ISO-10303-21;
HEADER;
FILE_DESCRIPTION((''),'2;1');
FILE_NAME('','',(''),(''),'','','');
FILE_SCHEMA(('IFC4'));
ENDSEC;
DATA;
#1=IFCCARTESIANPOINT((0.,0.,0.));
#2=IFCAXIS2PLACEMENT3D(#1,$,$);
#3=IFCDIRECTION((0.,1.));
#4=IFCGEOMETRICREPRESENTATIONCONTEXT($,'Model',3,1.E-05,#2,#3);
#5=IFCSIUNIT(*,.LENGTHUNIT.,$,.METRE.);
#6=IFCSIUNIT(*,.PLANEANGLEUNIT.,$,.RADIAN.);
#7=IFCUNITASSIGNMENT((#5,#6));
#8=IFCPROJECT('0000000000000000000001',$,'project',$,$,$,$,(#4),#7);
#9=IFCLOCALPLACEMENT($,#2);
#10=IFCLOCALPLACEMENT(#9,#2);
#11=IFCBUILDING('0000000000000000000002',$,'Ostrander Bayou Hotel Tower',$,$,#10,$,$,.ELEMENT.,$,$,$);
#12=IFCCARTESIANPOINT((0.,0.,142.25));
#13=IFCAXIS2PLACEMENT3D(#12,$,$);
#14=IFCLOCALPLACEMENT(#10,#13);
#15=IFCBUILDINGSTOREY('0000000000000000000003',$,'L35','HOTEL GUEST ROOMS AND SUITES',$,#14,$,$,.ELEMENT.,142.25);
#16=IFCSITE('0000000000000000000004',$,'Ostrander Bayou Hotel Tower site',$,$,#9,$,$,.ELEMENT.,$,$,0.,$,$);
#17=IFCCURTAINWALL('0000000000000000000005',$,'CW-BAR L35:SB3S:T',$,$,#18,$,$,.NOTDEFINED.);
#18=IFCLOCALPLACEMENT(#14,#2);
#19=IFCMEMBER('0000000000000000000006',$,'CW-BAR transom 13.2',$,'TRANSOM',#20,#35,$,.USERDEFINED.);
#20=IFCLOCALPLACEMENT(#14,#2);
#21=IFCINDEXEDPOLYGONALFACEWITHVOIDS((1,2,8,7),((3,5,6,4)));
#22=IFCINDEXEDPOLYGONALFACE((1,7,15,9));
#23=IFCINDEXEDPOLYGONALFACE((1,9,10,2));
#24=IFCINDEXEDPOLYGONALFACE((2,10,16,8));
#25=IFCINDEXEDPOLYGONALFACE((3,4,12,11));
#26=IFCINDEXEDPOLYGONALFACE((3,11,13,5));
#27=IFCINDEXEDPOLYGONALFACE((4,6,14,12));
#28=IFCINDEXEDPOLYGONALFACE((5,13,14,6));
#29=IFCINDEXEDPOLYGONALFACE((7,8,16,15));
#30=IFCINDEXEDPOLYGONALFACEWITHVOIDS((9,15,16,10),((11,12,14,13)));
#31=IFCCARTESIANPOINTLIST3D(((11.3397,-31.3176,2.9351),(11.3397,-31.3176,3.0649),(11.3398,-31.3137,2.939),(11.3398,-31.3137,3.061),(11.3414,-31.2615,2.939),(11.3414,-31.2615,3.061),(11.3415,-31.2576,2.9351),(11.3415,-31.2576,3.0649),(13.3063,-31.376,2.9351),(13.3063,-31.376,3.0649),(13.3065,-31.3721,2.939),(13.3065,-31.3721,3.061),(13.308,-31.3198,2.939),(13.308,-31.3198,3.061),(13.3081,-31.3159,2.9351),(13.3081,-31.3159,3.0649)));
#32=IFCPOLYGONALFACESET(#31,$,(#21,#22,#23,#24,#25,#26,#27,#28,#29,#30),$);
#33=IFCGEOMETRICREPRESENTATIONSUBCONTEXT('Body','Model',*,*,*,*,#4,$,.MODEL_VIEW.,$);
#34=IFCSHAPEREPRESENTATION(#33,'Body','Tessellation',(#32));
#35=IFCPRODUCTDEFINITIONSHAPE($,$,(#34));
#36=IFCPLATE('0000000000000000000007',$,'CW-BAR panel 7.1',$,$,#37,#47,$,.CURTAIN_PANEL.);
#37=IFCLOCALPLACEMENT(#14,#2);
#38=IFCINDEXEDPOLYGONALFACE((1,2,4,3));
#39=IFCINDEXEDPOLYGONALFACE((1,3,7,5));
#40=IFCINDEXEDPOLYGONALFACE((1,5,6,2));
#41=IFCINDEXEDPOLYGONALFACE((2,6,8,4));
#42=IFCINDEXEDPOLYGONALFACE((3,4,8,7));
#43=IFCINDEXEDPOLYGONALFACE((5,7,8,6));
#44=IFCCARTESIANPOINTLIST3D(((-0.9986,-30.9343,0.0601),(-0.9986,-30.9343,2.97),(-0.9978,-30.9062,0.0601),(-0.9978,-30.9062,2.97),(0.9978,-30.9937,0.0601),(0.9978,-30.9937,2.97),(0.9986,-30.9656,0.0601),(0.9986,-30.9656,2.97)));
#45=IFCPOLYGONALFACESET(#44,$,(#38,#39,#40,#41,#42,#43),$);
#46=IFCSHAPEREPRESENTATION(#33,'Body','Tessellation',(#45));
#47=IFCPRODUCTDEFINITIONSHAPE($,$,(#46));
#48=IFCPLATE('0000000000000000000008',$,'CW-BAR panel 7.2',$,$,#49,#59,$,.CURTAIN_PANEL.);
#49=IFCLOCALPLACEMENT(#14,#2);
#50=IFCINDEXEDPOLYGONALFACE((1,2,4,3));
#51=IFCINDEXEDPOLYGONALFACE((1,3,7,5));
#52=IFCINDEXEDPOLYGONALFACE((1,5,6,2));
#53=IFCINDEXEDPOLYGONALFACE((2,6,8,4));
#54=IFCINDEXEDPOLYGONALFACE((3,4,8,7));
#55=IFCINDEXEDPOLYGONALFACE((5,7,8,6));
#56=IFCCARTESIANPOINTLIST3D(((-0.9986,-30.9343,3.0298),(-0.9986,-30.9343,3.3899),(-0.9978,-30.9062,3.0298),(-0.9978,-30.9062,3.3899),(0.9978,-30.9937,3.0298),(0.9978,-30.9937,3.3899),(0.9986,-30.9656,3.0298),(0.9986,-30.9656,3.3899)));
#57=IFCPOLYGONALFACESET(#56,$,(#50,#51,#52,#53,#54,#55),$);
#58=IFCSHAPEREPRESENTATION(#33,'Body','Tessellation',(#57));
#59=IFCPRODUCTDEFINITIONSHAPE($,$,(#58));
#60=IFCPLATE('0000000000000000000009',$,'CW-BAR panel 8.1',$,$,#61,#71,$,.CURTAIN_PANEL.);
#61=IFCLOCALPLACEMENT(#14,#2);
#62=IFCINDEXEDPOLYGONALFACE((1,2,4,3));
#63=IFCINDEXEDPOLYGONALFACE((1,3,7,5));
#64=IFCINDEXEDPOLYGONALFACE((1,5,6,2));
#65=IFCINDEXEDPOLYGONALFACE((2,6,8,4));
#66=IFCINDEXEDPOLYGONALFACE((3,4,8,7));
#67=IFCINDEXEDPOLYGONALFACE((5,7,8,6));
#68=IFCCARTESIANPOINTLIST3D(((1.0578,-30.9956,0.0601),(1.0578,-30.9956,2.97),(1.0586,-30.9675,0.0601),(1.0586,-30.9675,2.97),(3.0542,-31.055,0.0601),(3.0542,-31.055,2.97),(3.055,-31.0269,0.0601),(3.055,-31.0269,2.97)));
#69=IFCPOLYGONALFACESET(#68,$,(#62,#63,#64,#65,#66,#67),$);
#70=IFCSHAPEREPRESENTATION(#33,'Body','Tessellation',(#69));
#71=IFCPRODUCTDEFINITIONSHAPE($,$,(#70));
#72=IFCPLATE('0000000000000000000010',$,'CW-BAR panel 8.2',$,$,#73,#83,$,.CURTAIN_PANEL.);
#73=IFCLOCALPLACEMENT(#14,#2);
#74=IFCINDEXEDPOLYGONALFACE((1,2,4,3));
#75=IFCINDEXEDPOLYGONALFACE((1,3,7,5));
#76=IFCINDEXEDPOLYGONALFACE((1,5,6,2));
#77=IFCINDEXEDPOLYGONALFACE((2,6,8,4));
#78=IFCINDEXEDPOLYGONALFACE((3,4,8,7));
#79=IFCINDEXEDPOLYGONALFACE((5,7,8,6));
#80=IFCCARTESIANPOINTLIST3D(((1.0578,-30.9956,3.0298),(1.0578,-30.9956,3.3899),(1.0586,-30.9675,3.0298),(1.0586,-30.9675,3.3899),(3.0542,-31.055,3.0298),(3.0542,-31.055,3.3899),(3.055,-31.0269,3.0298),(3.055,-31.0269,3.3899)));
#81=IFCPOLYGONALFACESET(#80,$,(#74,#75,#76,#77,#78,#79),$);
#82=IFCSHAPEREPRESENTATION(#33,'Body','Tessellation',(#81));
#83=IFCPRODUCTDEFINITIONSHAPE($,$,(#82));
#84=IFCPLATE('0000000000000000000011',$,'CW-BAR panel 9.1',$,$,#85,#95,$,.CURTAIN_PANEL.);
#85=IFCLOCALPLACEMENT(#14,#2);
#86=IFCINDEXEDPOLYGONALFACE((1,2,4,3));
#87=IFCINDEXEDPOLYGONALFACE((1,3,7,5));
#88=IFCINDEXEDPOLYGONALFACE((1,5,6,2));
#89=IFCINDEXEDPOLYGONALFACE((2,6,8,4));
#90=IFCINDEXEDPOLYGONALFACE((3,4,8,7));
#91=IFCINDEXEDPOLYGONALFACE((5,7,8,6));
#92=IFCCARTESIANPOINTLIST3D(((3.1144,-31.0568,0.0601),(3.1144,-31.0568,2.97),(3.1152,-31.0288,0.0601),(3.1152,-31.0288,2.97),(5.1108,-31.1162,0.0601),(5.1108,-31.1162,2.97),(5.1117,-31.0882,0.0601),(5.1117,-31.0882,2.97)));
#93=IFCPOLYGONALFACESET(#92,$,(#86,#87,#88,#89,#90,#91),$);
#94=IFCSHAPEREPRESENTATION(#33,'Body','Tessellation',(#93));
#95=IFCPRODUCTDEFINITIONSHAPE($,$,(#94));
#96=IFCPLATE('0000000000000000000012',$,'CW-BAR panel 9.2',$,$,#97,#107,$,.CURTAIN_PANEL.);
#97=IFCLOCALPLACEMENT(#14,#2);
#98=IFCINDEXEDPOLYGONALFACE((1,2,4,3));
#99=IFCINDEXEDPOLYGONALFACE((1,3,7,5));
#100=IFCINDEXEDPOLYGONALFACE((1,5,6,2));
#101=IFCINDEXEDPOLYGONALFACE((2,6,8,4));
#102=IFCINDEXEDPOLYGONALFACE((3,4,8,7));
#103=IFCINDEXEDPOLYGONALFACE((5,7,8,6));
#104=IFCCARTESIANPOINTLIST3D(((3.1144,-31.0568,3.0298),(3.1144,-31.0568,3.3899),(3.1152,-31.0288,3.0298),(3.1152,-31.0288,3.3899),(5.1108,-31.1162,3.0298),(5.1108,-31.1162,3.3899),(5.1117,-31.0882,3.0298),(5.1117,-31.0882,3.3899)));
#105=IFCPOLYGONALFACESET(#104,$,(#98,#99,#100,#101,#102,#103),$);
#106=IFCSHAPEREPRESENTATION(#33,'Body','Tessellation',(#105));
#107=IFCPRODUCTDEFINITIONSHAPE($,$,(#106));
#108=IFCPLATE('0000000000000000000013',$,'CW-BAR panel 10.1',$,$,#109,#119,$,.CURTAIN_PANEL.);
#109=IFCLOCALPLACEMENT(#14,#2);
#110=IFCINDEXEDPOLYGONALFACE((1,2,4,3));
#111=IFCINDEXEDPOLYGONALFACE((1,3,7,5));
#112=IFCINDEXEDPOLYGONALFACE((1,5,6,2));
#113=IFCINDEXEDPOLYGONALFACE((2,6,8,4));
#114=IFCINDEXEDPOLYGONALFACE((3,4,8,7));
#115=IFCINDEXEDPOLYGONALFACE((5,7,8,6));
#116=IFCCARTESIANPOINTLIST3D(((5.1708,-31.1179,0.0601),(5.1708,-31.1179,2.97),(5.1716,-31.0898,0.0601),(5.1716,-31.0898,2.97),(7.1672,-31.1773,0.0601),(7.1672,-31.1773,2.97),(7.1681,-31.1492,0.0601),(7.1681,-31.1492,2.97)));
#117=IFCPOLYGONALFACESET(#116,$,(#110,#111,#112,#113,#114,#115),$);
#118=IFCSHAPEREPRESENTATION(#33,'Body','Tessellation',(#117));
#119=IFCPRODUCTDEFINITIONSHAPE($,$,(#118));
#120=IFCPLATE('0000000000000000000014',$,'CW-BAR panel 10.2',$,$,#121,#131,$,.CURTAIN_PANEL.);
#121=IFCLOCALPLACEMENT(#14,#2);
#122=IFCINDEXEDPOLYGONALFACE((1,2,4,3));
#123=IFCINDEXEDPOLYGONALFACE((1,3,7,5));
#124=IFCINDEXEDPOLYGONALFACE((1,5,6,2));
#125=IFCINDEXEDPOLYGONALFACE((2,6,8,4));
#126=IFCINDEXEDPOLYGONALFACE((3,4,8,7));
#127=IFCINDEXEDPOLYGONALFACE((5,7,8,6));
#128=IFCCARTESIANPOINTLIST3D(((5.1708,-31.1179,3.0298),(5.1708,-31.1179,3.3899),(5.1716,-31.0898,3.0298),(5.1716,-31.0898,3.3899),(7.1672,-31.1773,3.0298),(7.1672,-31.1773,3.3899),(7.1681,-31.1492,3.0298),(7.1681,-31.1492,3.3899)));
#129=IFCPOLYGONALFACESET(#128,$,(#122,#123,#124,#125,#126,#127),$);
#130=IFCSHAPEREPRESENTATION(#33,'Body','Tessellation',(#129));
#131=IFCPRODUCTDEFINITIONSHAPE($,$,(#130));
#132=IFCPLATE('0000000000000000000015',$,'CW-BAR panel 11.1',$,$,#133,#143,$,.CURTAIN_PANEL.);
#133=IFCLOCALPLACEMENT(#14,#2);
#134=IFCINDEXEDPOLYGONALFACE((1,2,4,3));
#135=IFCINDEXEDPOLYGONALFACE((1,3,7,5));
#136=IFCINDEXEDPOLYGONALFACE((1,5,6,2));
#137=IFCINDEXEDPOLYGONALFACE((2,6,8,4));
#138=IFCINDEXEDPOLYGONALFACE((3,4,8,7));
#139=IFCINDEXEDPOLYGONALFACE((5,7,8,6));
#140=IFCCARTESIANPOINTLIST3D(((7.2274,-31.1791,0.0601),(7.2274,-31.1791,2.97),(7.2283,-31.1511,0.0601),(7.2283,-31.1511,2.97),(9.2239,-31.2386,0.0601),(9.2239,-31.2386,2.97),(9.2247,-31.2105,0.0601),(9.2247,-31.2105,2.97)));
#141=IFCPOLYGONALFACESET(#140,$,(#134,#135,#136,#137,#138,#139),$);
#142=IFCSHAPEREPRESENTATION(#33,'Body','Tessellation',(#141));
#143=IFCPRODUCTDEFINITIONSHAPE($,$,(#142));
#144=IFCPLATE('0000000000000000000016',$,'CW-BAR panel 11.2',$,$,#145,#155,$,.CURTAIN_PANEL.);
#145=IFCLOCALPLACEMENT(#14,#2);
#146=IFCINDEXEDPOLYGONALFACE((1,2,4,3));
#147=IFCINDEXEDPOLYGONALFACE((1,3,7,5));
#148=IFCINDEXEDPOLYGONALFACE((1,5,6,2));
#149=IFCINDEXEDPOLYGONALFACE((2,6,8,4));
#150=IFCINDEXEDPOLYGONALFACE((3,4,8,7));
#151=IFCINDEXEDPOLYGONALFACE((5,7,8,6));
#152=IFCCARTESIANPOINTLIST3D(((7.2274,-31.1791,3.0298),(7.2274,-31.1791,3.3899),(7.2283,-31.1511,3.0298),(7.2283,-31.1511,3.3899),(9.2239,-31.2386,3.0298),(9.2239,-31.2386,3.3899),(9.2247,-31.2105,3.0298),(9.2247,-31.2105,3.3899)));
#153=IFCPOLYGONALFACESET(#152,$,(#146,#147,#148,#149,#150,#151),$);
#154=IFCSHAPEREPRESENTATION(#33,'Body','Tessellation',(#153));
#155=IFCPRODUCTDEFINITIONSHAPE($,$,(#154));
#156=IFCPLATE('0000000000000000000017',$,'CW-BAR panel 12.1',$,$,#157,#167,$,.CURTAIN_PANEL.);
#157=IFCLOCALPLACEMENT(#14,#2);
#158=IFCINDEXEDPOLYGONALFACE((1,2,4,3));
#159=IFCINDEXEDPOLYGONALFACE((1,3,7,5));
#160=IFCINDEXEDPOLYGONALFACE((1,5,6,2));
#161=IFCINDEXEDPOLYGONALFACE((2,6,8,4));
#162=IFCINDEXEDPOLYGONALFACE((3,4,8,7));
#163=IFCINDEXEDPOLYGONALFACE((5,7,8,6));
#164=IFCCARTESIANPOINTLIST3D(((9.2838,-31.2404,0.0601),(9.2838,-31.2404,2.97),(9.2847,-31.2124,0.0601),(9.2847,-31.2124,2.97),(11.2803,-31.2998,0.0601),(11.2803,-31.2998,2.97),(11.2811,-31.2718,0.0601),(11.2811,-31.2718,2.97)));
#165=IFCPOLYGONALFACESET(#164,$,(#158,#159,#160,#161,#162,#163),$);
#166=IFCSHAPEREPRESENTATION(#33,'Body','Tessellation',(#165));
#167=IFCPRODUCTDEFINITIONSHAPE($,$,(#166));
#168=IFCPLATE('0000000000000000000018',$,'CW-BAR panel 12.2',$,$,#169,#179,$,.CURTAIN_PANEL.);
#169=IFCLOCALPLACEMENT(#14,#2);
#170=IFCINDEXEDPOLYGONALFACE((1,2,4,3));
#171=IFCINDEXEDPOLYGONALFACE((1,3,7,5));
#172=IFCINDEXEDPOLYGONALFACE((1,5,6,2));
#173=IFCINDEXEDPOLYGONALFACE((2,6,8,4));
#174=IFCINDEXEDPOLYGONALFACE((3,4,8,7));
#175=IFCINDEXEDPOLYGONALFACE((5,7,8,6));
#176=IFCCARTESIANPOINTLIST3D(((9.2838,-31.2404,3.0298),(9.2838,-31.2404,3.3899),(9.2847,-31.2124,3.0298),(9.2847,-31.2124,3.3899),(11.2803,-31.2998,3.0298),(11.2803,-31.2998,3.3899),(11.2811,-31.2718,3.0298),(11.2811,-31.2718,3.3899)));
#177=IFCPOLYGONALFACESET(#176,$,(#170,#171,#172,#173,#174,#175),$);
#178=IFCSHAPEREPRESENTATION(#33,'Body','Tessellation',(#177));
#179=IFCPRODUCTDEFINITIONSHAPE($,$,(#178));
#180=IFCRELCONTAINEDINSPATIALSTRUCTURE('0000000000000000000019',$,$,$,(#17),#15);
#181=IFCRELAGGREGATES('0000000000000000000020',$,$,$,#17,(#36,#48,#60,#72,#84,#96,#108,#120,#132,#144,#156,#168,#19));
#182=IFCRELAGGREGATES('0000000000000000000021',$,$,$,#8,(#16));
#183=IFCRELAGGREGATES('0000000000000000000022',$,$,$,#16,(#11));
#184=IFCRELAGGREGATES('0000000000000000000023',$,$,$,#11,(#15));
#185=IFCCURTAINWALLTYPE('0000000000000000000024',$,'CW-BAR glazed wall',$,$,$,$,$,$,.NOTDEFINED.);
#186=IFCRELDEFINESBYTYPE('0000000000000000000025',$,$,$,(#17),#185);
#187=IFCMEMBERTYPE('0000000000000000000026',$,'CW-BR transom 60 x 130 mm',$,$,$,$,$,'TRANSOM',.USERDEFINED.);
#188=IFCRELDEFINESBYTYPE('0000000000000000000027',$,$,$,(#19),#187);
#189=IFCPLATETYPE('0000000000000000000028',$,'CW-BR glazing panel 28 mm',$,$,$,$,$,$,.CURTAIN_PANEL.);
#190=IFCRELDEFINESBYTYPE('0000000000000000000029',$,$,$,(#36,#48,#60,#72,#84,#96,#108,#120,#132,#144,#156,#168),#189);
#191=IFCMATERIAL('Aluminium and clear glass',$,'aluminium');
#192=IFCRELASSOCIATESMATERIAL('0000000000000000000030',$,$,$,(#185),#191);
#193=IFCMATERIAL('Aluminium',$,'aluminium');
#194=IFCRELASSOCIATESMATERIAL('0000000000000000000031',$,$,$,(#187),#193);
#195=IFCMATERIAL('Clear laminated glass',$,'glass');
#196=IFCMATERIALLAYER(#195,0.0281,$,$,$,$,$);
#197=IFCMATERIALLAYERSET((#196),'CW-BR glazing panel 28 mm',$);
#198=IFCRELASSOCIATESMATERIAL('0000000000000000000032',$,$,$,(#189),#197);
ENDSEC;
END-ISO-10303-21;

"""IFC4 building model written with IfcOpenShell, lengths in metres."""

from ifc_helpers import new_model, si_unit, direction, frame, origin, origin_2d, place, context, subcontext, project, spatial, rectangle, hollow_rectangle, extrude, material, layer, layer_set, material_profile, profile_set, type_object, element, aggregate, save


model = new_model("IFC4")

# Units and contexts
model_context = context("Model", 3, precision=1e-05, world=origin(), true_north=direction((0.0, 1.0)))
body_context = subcontext(model_context, "Body", "Model", "MODEL_VIEW")
ifc_project = project(units=[si_unit("LENGTHUNIT", "METRE"), si_unit("PLANEANGLEUNIT", "RADIAN")], contexts=[model_context])

# Site, building, storey
site_placement = place(None, origin())
site = spatial("IfcSite", under=ifc_project, at=site_placement, Name="Ostrander Bayou Hotel Tower site", CompositionType="ELEMENT", RefElevation=0.0)
building_placement = place(site_placement, origin())
building = spatial("IfcBuilding", under=site, at=building_placement, Name="Ostrander Bayou Hotel Tower", CompositionType="ELEMENT")
storey_placement = place(building_placement, frame((0.0, 0.0, 142.25)))
storey = spatial("IfcBuildingStorey", under=building, at=storey_placement, Name="L35", Description="HOTEL GUEST ROOMS AND SUITES", CompositionType="ELEMENT", Elevation=142.25)

# Curtain wall, member, plates
ifc_material_1 = material(Name="Aluminium and clear glass", Category="aluminium")
curtain_wall_type = type_object("IfcCurtainWallType", Name="CW-BAR glazed wall", PredefinedType="NOTDEFINED", material=ifc_material_1)
curtain_wall_placement = place(storey_placement, origin())
curtain_wall = element("IfcCurtainWall", 1, at=curtain_wall_placement, inside=storey, type_object=curtain_wall_type, Name="CW-BAR L35:SB3S:T", PredefinedType="NOTDEFINED")
ifc_material_2 = material(Name="Aluminium", Category="aluminium")
ifc_material_profile_1 = material_profile(ifc_material_2, hollow_rectangle(XDim=0.0601, YDim=0.1299, WallThickness=0.0039, at=origin_2d()))
ifc_profile_set_1 = profile_set([ifc_material_profile_1], Name="Aluminium")
member_type_1 = type_object("IfcMemberType", Name="CW-BR transom 60 x 130 mm", ElementType="TRANSOM", PredefinedType="USERDEFINED", material=ifc_profile_set_1)
member_1_placement = place(storey_placement, frame((11.3406, -31.2876, 3.0), z_axis=(0.99956, -0.029658, 0.0), x_axis=(0.029658, 0.99956, 0.0)))
member_1 = element("IfcMember", 2, at=member_1_placement, type_object=member_type_1, Name="CW-BAR transom 13.2", ObjectType="TRANSOM", PredefinedType="USERDEFINED", context=body_context, shape_type="SweptSolid", body=[
    extrude(hollow_rectangle(XDim=0.0601, YDim=0.1299, WallThickness=0.0039, at=origin_2d()), origin(), (0.0, 0.0, 1.0), 1.9675),
])
ifc_material_3 = material(Name="Clear laminated glass", Category="glass")
ifc_layer_1 = layer(ifc_material_3, 0.0281)
ifc_layer_set_1 = layer_set([ifc_layer_1], Name="CW-BR glazing panel 28 mm")
plate_type = type_object("IfcPlateType", Name="CW-BR glazing panel 28 mm", PredefinedType="CURTAIN_PANEL", material=ifc_layer_set_1)
plate_1_placement = place(storey_placement, frame((0.0, -30.95, 0.0601), z_axis=(0.0, 0.0, 1.0), x_axis=(0.999557, -0.029746, 0.0)))
plate_1 = element("IfcPlate", 3, at=plate_1_placement, type_object=plate_type, Name="CW-BAR panel 7.1", PredefinedType="CURTAIN_PANEL", context=body_context, shape_type="SweptSolid", body=[
    extrude(rectangle(XDim=1.9973, YDim=0.0281, at=origin_2d()), origin(), (0.0, 0.0, 1.0), 2.9099),
])
plate_2_placement = place(storey_placement, frame((0.0, -30.95, 3.0298), z_axis=(0.0, 0.0, 1.0), x_axis=(0.999557, -0.029746, 0.0)))
plate_2 = element("IfcPlate", 4, at=plate_2_placement, type_object=plate_type, Name="CW-BAR panel 7.2", PredefinedType="CURTAIN_PANEL", context=body_context, shape_type="SweptSolid", body=[
    extrude(rectangle(XDim=1.9973, YDim=0.0281, at=origin_2d()), origin(), (0.0, 0.0, 1.0), 0.3601),
])
plate_3_placement = place(storey_placement, frame((2.0564, -31.0112, 0.0601), z_axis=(0.0, 0.0, 1.0), x_axis=(0.999557, -0.029746, 0.0)))
plate_3 = element("IfcPlate", 5, at=plate_3_placement, type_object=plate_type, Name="CW-BAR panel 8.1", PredefinedType="CURTAIN_PANEL", context=body_context, shape_type="SweptSolid", body=[
    extrude(rectangle(XDim=1.9973, YDim=0.0281, at=origin_2d()), origin(), (0.0, 0.0, 1.0), 2.9099),
])
plate_4_placement = place(storey_placement, frame((2.0564, -31.0112, 3.0298), z_axis=(0.0, 0.0, 1.0), x_axis=(0.999557, -0.029746, 0.0)))
plate_4 = element("IfcPlate", 6, at=plate_4_placement, type_object=plate_type, Name="CW-BAR panel 8.2", PredefinedType="CURTAIN_PANEL", context=body_context, shape_type="SweptSolid", body=[
    extrude(rectangle(XDim=1.9973, YDim=0.0281, at=origin_2d()), origin(), (0.0, 0.0, 1.0), 0.3601),
])
plate_5_placement = place(storey_placement, frame((4.113, -31.0725, 0.0601), z_axis=(0.0, 0.0, 1.0), x_axis=(0.999557, -0.029746, 0.0)))
plate_5 = element("IfcPlate", 7, at=plate_5_placement, type_object=plate_type, Name="CW-BAR panel 9.1", PredefinedType="CURTAIN_PANEL", context=body_context, shape_type="SweptSolid", body=[
    extrude(rectangle(XDim=1.9973, YDim=0.0281, at=origin_2d()), origin(), (0.0, 0.0, 1.0), 2.9099),
])
plate_6_placement = place(storey_placement, frame((4.113, -31.0725, 3.0298), z_axis=(0.0, 0.0, 1.0), x_axis=(0.999557, -0.029746, 0.0)))
plate_6 = element("IfcPlate", 8, at=plate_6_placement, type_object=plate_type, Name="CW-BAR panel 9.2", PredefinedType="CURTAIN_PANEL", context=body_context, shape_type="SweptSolid", body=[
    extrude(rectangle(XDim=1.9973, YDim=0.0281, at=origin_2d()), origin(), (0.0, 0.0, 1.0), 0.3601),
])
plate_7_placement = place(storey_placement, frame((6.1694, -31.1335, 0.0601), z_axis=(0.0, 0.0, 1.0), x_axis=(0.999557, -0.029746, 0.0)))
plate_7 = element("IfcPlate", 9, at=plate_7_placement, type_object=plate_type, Name="CW-BAR panel 10.1", PredefinedType="CURTAIN_PANEL", context=body_context, shape_type="SweptSolid", body=[
    extrude(rectangle(XDim=1.9973, YDim=0.0281, at=origin_2d()), origin(), (0.0, 0.0, 1.0), 2.9099),
])
plate_8_placement = place(storey_placement, frame((6.1694, -31.1335, 3.0298), z_axis=(0.0, 0.0, 1.0), x_axis=(0.999557, -0.029746, 0.0)))
plate_8 = element("IfcPlate", 10, at=plate_8_placement, type_object=plate_type, Name="CW-BAR panel 10.2", PredefinedType="CURTAIN_PANEL", context=body_context, shape_type="SweptSolid", body=[
    extrude(rectangle(XDim=1.9973, YDim=0.0281, at=origin_2d()), origin(), (0.0, 0.0, 1.0), 0.3601),
])
plate_9_placement = place(storey_placement, frame((8.2261, -31.1948, 0.0601), z_axis=(0.0, 0.0, 1.0), x_axis=(0.999557, -0.029746, 0.0)))
plate_9 = element("IfcPlate", 11, at=plate_9_placement, type_object=plate_type, Name="CW-BAR panel 11.1", PredefinedType="CURTAIN_PANEL", context=body_context, shape_type="SweptSolid", body=[
    extrude(rectangle(XDim=1.9973, YDim=0.0281, at=origin_2d()), origin(), (0.0, 0.0, 1.0), 2.9099),
])
plate_10_placement = place(storey_placement, frame((8.2261, -31.1948, 3.0298), z_axis=(0.0, 0.0, 1.0), x_axis=(0.999557, -0.029746, 0.0)))
plate_10 = element("IfcPlate", 12, at=plate_10_placement, type_object=plate_type, Name="CW-BAR panel 11.2", PredefinedType="CURTAIN_PANEL", context=body_context, shape_type="SweptSolid", body=[
    extrude(rectangle(XDim=1.9973, YDim=0.0281, at=origin_2d()), origin(), (0.0, 0.0, 1.0), 0.3601),
])
plate_11_placement = place(storey_placement, frame((10.2825, -31.2561, 0.0601), z_axis=(0.0, 0.0, 1.0), x_axis=(0.999557, -0.029746, 0.0)))
plate_11 = element("IfcPlate", 13, at=plate_11_placement, type_object=plate_type, Name="CW-BAR panel 12.1", PredefinedType="CURTAIN_PANEL", context=body_context, shape_type="SweptSolid", body=[
    extrude(rectangle(XDim=1.9973, YDim=0.0281, at=origin_2d()), origin(), (0.0, 0.0, 1.0), 2.9099),
])
plate_12_placement = place(storey_placement, frame((10.2825, -31.2561, 3.0298), z_axis=(0.0, 0.0, 1.0), x_axis=(0.999557, -0.029746, 0.0)))
plate_12 = element("IfcPlate", 14, at=plate_12_placement, type_object=plate_type, Name="CW-BAR panel 12.2", PredefinedType="CURTAIN_PANEL", context=body_context, shape_type="SweptSolid", body=[
    extrude(rectangle(XDim=1.9973, YDim=0.0281, at=origin_2d()), origin(), (0.0, 0.0, 1.0), 0.3601),
])
aggregate(curtain_wall, [plate_1, plate_2, plate_3, plate_4, plate_5, plate_6, plate_7, plate_8, plate_9, plate_10, plate_11, plate_12, member_1])

save(model, "model.ifc")
